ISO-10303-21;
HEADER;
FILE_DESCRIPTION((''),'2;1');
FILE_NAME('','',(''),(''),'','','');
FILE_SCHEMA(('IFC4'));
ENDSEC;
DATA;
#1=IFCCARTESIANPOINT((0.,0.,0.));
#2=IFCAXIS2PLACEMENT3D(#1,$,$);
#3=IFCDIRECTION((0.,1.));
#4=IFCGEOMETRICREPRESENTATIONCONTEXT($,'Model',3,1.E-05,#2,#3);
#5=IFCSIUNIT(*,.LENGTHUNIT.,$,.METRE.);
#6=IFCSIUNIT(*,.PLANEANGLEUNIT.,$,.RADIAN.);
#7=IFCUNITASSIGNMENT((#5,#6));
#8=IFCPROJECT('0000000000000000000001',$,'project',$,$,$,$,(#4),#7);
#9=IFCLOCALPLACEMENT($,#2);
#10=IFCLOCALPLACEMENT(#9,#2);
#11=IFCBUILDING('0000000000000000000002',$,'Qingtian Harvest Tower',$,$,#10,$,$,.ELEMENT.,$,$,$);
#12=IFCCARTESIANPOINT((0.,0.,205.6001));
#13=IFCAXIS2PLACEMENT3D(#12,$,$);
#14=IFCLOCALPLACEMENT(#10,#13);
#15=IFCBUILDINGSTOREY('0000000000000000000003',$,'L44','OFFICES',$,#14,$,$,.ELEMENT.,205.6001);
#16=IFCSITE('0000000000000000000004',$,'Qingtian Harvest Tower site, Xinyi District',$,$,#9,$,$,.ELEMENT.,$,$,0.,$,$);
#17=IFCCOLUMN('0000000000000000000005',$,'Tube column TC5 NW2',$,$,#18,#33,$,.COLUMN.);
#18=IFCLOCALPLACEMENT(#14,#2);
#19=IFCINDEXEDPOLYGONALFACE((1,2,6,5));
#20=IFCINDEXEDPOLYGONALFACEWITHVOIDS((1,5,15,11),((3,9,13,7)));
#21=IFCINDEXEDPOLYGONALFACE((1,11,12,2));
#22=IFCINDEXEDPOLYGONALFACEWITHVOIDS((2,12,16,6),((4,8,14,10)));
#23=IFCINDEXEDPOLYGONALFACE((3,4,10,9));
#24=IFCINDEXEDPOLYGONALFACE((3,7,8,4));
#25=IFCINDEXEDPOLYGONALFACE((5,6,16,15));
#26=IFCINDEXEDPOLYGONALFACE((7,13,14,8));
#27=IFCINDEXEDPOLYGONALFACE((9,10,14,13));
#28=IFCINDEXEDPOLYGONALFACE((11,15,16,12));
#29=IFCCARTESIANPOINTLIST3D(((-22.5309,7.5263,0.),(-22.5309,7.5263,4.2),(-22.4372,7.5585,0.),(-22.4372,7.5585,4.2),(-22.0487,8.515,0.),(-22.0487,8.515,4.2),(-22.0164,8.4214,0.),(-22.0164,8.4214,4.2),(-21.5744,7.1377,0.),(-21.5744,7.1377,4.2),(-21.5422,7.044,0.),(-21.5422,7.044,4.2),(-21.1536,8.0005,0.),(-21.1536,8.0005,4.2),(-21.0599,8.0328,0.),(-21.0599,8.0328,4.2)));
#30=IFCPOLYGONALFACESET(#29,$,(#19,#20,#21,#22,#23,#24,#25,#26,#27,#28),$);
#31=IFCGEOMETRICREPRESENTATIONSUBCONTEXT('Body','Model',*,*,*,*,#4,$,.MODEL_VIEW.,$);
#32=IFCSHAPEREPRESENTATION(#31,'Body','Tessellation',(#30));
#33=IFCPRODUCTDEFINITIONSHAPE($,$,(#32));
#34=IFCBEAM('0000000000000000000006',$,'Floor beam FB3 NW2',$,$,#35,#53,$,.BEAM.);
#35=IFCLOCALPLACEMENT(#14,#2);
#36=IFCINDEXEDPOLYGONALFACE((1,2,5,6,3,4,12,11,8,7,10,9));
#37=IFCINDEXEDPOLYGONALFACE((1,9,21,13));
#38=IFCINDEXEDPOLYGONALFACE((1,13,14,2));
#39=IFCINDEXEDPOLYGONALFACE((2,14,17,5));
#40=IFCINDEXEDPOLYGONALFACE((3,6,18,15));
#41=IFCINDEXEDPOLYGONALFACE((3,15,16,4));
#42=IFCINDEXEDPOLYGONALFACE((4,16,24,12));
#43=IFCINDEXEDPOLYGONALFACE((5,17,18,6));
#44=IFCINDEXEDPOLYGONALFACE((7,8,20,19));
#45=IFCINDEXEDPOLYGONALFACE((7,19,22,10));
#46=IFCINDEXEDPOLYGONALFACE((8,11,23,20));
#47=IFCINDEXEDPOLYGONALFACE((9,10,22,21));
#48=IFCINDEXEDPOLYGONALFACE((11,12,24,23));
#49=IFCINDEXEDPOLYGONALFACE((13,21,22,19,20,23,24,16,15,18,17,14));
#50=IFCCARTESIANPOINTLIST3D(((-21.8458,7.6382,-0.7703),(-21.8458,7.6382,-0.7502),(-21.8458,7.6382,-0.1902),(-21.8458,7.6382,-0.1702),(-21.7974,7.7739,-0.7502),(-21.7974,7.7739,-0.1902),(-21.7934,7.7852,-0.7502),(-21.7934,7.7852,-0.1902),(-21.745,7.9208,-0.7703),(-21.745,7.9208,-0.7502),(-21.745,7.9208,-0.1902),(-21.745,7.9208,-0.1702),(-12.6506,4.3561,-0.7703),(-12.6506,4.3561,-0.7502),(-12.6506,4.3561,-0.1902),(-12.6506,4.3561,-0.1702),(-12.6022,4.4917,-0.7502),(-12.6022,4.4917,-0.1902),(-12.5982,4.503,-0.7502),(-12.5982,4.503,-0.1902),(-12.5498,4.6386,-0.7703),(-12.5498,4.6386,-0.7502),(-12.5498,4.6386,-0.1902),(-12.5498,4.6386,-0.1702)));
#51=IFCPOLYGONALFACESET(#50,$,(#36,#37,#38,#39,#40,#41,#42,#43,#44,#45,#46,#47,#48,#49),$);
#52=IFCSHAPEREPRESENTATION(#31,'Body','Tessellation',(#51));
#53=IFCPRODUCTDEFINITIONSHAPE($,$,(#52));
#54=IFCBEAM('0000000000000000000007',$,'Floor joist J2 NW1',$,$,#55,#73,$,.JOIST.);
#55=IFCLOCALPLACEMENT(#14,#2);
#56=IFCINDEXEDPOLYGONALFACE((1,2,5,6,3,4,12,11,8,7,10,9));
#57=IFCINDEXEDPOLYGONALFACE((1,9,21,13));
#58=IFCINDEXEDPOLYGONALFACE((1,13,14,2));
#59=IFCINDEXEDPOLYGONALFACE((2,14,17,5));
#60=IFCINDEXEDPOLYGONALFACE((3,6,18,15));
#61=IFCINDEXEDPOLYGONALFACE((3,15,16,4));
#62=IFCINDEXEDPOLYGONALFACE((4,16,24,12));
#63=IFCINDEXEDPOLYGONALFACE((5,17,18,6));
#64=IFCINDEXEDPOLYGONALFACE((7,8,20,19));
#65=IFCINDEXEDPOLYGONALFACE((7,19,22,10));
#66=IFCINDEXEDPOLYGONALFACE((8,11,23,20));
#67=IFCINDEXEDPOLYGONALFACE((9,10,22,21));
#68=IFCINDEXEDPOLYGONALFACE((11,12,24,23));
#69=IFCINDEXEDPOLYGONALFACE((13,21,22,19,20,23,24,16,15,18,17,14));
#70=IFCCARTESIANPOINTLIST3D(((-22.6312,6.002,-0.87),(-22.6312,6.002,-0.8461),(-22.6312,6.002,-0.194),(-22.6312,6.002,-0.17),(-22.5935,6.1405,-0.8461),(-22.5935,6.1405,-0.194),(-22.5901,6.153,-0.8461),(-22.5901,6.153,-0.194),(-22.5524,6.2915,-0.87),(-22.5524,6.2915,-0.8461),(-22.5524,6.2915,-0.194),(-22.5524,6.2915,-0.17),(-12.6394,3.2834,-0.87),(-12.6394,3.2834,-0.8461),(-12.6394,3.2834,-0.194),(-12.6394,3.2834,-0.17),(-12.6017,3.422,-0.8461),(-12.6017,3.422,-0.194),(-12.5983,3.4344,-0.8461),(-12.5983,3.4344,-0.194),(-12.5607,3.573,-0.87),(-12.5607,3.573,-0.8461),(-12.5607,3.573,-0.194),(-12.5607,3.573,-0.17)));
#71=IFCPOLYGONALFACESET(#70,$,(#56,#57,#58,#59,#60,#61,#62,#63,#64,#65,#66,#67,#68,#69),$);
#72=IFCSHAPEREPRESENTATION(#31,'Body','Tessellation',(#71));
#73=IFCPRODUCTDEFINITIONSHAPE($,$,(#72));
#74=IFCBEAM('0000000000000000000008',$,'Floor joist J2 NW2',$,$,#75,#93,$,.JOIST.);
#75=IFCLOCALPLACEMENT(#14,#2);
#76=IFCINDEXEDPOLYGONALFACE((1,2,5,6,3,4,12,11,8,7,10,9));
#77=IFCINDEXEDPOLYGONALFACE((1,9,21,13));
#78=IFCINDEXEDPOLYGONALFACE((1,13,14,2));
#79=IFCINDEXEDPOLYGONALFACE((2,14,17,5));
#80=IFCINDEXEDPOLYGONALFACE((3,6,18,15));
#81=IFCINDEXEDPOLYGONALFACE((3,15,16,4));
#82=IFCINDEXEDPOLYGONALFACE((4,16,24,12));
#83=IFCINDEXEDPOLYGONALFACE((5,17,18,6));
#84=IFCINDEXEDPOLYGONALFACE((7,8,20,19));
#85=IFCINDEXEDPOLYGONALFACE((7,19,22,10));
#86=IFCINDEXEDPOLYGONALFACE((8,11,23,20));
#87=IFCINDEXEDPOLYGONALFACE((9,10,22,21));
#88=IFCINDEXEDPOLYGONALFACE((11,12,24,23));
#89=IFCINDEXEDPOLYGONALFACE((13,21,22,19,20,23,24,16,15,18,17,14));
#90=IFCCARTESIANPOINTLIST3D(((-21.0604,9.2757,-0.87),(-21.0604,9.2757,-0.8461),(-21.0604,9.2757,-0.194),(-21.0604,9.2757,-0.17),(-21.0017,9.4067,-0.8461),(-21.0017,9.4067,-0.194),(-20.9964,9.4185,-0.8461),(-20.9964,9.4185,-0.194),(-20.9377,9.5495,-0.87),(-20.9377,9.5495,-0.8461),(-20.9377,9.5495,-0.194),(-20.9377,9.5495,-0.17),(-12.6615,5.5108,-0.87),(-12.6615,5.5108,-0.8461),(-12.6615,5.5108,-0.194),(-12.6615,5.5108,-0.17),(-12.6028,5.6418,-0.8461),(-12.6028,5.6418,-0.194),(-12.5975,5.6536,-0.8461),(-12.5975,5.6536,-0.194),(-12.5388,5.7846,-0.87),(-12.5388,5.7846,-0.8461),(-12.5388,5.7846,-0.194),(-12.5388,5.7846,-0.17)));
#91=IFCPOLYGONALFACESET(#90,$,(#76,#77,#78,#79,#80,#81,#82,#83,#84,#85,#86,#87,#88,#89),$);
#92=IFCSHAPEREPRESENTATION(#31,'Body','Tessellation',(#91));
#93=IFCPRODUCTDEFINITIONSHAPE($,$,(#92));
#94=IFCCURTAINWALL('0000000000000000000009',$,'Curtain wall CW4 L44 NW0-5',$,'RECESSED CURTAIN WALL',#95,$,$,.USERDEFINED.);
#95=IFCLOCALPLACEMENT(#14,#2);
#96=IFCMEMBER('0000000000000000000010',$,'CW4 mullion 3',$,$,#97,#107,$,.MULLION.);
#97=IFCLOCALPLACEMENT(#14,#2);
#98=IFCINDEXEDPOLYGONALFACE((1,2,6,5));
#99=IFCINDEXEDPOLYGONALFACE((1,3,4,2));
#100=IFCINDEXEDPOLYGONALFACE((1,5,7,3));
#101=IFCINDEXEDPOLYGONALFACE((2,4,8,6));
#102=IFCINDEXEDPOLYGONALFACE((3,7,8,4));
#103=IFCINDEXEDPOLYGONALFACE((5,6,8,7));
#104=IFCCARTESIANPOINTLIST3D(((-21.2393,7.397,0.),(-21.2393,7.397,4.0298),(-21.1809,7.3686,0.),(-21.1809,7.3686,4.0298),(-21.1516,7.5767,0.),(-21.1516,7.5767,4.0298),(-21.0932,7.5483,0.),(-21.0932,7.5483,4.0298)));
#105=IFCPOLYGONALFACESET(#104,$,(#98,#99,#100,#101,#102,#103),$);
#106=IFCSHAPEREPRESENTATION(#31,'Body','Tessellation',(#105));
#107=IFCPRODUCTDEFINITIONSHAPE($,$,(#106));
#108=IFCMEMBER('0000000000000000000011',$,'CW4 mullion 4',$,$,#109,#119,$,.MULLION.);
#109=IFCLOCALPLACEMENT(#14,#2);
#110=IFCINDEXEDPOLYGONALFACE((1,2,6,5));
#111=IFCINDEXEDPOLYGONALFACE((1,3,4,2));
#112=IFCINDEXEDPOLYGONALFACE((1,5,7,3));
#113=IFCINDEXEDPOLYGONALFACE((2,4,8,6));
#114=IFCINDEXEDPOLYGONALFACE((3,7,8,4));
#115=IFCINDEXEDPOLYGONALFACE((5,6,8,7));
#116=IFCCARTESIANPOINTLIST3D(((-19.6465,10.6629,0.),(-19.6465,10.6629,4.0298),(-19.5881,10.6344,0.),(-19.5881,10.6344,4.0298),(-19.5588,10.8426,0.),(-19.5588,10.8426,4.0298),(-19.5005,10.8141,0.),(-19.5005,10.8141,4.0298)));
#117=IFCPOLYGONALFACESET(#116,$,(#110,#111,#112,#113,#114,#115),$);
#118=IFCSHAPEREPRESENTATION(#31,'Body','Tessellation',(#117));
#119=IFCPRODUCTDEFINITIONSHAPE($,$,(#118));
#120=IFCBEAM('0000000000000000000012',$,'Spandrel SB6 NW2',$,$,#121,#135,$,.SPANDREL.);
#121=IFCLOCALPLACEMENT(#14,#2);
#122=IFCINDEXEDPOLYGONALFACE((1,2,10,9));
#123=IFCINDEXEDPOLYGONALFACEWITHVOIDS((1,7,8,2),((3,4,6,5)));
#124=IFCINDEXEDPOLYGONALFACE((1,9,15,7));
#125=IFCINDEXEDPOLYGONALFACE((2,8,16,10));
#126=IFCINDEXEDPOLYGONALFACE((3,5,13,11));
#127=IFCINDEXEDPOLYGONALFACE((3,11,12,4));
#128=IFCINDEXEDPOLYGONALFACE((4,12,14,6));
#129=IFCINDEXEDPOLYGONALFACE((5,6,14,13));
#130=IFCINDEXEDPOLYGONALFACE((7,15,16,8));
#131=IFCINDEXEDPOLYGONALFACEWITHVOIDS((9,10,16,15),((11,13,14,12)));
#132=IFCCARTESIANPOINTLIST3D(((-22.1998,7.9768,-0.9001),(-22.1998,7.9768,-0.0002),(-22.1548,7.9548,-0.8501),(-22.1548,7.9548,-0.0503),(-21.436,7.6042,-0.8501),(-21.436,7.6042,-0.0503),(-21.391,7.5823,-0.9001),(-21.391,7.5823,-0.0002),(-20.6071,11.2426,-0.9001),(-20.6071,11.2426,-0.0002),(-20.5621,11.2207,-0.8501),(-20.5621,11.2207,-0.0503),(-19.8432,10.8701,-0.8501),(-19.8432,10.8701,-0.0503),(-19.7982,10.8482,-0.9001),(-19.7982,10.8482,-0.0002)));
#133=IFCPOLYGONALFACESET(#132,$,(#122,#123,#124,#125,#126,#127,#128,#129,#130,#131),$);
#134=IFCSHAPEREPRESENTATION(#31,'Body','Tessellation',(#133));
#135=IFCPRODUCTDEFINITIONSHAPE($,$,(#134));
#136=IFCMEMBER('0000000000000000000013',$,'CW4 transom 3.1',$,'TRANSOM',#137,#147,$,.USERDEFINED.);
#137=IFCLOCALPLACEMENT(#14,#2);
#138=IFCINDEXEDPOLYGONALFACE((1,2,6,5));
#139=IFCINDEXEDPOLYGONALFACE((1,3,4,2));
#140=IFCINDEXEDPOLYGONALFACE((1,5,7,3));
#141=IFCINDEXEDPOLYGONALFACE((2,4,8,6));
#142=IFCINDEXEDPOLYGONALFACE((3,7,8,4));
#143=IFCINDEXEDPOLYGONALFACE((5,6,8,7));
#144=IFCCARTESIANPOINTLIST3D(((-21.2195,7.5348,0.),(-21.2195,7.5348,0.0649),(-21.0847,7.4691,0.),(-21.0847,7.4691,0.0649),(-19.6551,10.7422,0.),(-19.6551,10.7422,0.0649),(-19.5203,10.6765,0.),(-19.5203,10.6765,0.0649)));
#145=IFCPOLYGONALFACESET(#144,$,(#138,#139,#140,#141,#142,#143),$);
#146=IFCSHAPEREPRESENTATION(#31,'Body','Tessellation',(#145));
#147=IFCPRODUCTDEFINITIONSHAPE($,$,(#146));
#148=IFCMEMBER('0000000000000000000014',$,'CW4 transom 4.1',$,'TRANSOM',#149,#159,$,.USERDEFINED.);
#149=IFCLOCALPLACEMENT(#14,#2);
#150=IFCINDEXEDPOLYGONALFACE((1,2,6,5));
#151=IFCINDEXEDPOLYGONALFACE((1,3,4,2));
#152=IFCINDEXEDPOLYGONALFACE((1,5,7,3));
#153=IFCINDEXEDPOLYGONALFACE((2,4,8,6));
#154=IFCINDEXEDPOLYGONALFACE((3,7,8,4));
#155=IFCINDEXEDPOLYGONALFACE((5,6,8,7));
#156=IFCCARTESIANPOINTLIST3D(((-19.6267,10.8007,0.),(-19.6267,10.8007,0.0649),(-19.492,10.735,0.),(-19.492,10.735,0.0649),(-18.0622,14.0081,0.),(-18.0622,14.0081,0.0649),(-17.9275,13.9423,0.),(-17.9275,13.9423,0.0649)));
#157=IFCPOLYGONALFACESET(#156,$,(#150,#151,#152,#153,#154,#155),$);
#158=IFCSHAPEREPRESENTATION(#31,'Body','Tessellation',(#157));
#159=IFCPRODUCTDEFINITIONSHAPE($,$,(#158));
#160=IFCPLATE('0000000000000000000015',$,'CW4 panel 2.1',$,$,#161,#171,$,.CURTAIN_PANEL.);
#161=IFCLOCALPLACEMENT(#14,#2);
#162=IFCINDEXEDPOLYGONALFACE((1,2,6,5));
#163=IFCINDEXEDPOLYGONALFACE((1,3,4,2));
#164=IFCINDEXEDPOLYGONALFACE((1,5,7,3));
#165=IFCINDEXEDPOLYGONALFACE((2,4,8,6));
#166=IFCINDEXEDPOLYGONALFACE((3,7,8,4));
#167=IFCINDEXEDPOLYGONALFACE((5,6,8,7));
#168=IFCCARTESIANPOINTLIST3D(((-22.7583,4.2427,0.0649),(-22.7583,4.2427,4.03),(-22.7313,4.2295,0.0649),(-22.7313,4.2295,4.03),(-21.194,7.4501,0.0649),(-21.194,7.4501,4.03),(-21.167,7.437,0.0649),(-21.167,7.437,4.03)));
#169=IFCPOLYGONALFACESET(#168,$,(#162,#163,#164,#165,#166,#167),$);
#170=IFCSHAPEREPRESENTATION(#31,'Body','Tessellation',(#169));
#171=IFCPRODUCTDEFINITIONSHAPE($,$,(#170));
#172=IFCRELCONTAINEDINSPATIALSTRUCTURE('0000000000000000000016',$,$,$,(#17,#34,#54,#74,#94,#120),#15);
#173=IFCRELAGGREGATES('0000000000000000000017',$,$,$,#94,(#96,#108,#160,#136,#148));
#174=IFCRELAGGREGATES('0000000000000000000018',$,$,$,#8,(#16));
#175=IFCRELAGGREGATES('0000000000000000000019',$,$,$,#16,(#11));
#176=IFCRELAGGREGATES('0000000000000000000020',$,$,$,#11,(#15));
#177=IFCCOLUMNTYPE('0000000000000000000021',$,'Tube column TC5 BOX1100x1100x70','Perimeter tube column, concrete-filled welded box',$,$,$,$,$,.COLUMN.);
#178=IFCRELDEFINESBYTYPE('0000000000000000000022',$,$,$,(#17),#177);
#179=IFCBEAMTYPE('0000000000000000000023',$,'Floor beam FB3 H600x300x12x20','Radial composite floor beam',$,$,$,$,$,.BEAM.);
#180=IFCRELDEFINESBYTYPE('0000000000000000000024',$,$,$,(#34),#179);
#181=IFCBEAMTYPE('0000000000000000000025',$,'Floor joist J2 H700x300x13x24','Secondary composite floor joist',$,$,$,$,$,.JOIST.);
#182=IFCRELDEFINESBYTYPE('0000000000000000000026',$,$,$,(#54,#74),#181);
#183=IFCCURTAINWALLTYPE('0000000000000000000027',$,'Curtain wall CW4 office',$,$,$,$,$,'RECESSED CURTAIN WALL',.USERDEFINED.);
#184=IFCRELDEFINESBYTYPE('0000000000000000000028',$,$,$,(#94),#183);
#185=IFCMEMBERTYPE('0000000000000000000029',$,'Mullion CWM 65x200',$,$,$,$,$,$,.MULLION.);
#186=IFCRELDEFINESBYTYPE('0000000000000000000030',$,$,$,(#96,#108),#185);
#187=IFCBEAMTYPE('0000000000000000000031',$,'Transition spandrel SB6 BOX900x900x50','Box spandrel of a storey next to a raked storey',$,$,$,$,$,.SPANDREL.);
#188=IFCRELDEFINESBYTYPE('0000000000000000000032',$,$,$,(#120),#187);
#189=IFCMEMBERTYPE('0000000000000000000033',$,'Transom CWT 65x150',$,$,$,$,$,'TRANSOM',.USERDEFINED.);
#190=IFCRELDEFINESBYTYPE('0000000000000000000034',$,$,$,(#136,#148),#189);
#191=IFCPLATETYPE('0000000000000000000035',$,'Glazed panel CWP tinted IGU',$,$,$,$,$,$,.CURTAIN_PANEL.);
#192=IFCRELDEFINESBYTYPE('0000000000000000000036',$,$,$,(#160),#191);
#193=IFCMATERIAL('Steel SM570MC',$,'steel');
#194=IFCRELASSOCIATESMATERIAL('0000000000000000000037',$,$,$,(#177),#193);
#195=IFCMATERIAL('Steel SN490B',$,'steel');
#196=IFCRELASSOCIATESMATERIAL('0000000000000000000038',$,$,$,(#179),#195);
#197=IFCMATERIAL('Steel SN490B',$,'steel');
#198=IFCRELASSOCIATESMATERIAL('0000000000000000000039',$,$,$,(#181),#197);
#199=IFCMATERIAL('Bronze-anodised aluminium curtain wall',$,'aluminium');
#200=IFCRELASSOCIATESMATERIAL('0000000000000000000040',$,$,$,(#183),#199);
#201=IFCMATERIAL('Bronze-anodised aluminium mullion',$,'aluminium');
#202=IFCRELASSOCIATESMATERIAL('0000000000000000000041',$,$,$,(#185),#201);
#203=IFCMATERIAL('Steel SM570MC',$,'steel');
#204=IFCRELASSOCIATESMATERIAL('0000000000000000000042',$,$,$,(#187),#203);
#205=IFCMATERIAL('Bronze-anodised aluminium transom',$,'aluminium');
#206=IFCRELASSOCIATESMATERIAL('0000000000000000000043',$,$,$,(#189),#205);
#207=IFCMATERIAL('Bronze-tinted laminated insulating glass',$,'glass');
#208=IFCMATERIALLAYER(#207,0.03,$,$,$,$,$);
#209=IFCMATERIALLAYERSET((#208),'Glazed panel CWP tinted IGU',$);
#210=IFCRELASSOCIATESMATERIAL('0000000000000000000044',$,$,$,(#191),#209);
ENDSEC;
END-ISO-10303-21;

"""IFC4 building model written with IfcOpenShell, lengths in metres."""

from ifc_helpers import new_model, si_unit, direction, frame, origin, origin_2d, place, context, subcontext, project, spatial, rectangle, hollow_rectangle, i_section, extrude, material, layer, layer_set, material_profile, profile_set, type_object, element, aggregate, save


model = new_model("IFC4")

# Units and contexts
model_context = context("Model", 3, precision=1e-05, world=origin(), true_north=direction((0.0, 1.0)))
body_context = subcontext(model_context, "Body", "Model", "MODEL_VIEW")
ifc_project = project(units=[si_unit("LENGTHUNIT", "METRE"), si_unit("PLANEANGLEUNIT", "RADIAN")], contexts=[model_context])

# Site, building, storey
site_placement = place(None, origin())
site = spatial("IfcSite", under=ifc_project, at=site_placement, Name="Qingtian Harvest Tower site, Xinyi District", CompositionType="ELEMENT", RefElevation=0.0)
building_placement = place(site_placement, origin())
building = spatial("IfcBuilding", under=site, at=building_placement, Name="Qingtian Harvest Tower", CompositionType="ELEMENT")
storey_placement = place(building_placement, frame((0.0, 0.0, 205.6001)))
storey = spatial("IfcBuildingStorey", under=building, at=storey_placement, Name="L44", Description="OFFICES", CompositionType="ELEMENT", Elevation=205.6001)

# Column
ifc_material_1 = material(Name="Steel SM570MC", Category="steel")
ifc_material_profile_1 = material_profile(ifc_material_1, hollow_rectangle(XDim=1.1001, YDim=1.1001, WallThickness=0.0701, at=origin_2d()), Name="BOX1100x1100x70")
ifc_profile_set_1 = profile_set([ifc_material_profile_1], Name="Steel SM570MC")
column_type = type_object("IfcColumnType", Name="Tube column TC5 BOX1100x1100x70", Description="Perimeter tube column, concrete-filled welded box", PredefinedType="COLUMN", material=ifc_profile_set_1)
column_placement = place(storey_placement, frame((-21.7954, 7.7795, 0.0), z_axis=(0.0, 0.0, 1.0), x_axis=(-0.438371, -0.898794, 0.0)))
element("IfcColumn", 1, at=column_placement, inside=storey, type_object=column_type, Name="Tube column TC5 NW2", PredefinedType="COLUMN", context=body_context, shape_type="SweptSolid", body=[
    extrude(hollow_rectangle(XDim=1.1001, YDim=1.1001, WallThickness=0.0701, at=origin_2d()), origin(), (0.0, 0.0, 1.0), 4.2),
])

# Beams
ifc_material_2 = material(Name="Steel SN490B", Category="steel")
ifc_material_profile_2 = material_profile(ifc_material_2, i_section(OverallWidth=0.3, OverallDepth=0.6001, WebThickness=0.012, FlangeThickness=0.02, at=origin_2d()), Name="H600x300x12x20")
ifc_profile_set_2 = profile_set([ifc_material_profile_2], Name="Steel SN490B")
beam_type_1 = type_object("IfcBeamType", Name="Floor beam FB3 H600x300x12x20", Description="Radial composite floor beam", PredefinedType="BEAM", material=ifc_profile_set_2)
beam_1_placement = place(storey_placement, frame((-21.7954, 7.7795, -0.4702), z_axis=(0.941801, -0.336172, 0.0), x_axis=(0.336172, 0.941801, 0.0)))
element("IfcBeam", 2, at=beam_1_placement, inside=storey, type_object=beam_type_1, Name="Floor beam FB3 NW2", PredefinedType="BEAM", context=body_context, shape_type="SweptSolid", body=[
    extrude(i_section(OverallWidth=0.3, OverallDepth=0.6001, WebThickness=0.012, FlangeThickness=0.02, at=origin_2d()), origin(), (0.0, 0.0, 1.0), 9.7634),
])
ifc_material_3 = material(Name="Steel SN490B", Category="steel")
ifc_material_profile_3 = material_profile(ifc_material_3, i_section(OverallWidth=0.3, OverallDepth=0.7, WebThickness=0.0129, FlangeThickness=0.0239, at=origin_2d()), Name="H700x300x13x24")
ifc_profile_set_3 = profile_set([ifc_material_profile_3], Name="Steel SN490B")
beam_type_2 = type_object("IfcBeamType", Name="Floor joist J2 H700x300x13x24", Description="Secondary composite floor joist", PredefinedType="JOIST", material=ifc_profile_set_3)
beam_2_placement = place(storey_placement, frame((-22.5918, 6.1467, -0.52), z_axis=(0.964923, -0.262533, 0.0), x_axis=(0.262533, 0.964923, 0.0)))
element("IfcBeam", 3, at=beam_2_placement, inside=storey, type_object=beam_type_2, Name="Floor joist J2 NW1", PredefinedType="JOIST", context=body_context, shape_type="SweptSolid", body=[
    extrude(i_section(OverallWidth=0.3, OverallDepth=0.7, WebThickness=0.0129, FlangeThickness=0.0239, at=origin_2d()), origin(), (0.0, 0.0, 1.0), 10.355),
])
beam_3_placement = place(storey_placement, frame((-20.999, 9.4126, -0.52), z_axis=(0.912515, -0.409043, 0.0), x_axis=(0.409043, 0.912515, 0.0)))
element("IfcBeam", 4, at=beam_3_placement, inside=storey, type_object=beam_type_2, Name="Floor joist J2 NW2", PredefinedType="JOIST", context=body_context, shape_type="SweptSolid", body=[
    extrude(i_section(OverallWidth=0.3, OverallDepth=0.7, WebThickness=0.0129, FlangeThickness=0.0239, at=origin_2d()), origin(), (0.0, 0.0, 1.0), 9.2041),
])

# Curtain wall, members
ifc_material_4 = material(Name="Bronze-anodised aluminium curtain wall", Category="aluminium")
curtain_wall_type = type_object("IfcCurtainWallType", Name="Curtain wall CW4 office", ElementType="RECESSED CURTAIN WALL", PredefinedType="USERDEFINED", material=ifc_material_4)
curtain_wall_placement = place(storey_placement, origin())
curtain_wall = element("IfcCurtainWall", 5, at=curtain_wall_placement, inside=storey, type_object=curtain_wall_type, Name="Curtain wall CW4 L44 NW0-5", ObjectType="RECESSED CURTAIN WALL", PredefinedType="USERDEFINED")
ifc_material_5 = material(Name="Bronze-anodised aluminium mullion", Category="aluminium")
ifc_material_profile_4 = material_profile(ifc_material_5, rectangle(XDim=0.0649, YDim=0.2, at=origin_2d()), Name="AL 65x200")
ifc_profile_set_4 = profile_set([ifc_material_profile_4], Name="Bronze-anodised aluminium mullion")
member_type_1 = type_object("IfcMemberType", Name="Mullion CWM 65x200", PredefinedType="MULLION", material=ifc_profile_set_4)
member_1_placement = place(storey_placement, frame((-21.1663, 7.4727, 0.0), z_axis=(0.0, 0.0, 1.0), x_axis=(-0.898794, 0.438371, 0.0)))
member_1 = element("IfcMember", 6, at=member_1_placement, type_object=member_type_1, Name="CW4 mullion 3", PredefinedType="MULLION", context=body_context, shape_type="SweptSolid", body=[
    extrude(rectangle(XDim=0.0649, YDim=0.2, at=origin_2d()), origin(), (0.0, 0.0, 1.0), 4.0298),
])
member_2_placement = place(storey_placement, frame((-19.5735, 10.7385, 0.0), z_axis=(0.0, 0.0, 1.0), x_axis=(-0.898794, 0.438371, 0.0)))
member_2 = element("IfcMember", 7, at=member_2_placement, type_object=member_type_1, Name="CW4 mullion 4", PredefinedType="MULLION", context=body_context, shape_type="SweptSolid", body=[
    extrude(rectangle(XDim=0.0649, YDim=0.2, at=origin_2d()), origin(), (0.0, 0.0, 1.0), 4.0298),
])

# Beam
ifc_material_6 = material(Name="Steel SM570MC", Category="steel")
ifc_material_profile_5 = material_profile(ifc_material_6, hollow_rectangle(XDim=0.8999, YDim=0.8999, WallThickness=0.05, at=origin_2d()), Name="BOX900x900x50")
ifc_profile_set_5 = profile_set([ifc_material_profile_5], Name="Steel SM570MC")
beam_type_3 = type_object("IfcBeamType", Name="Transition spandrel SB6 BOX900x900x50", Description="Box spandrel of a storey next to a raked storey", PredefinedType="SPANDREL", material=ifc_profile_set_5)
beam_4_placement = place(storey_placement, frame((-21.7954, 7.7795, -0.4502), z_axis=(0.438349, 0.898805, 0.0), x_axis=(-0.898805, 0.438349, 0.0)))
element("IfcBeam", 8, at=beam_4_placement, inside=storey, type_object=beam_type_3, Name="Spandrel SB6 NW2", PredefinedType="SPANDREL", context=body_context, shape_type="SweptSolid", body=[
    extrude(hollow_rectangle(XDim=0.8999, YDim=0.8999, WallThickness=0.05, at=origin_2d()), origin(), (0.0, 0.0, 1.0), 3.6335),
])

# Members
ifc_material_7 = material(Name="Bronze-anodised aluminium transom", Category="aluminium")
ifc_material_profile_6 = material_profile(ifc_material_7, rectangle(XDim=0.1499, YDim=0.0649, at=origin_2d()), Name="AL 65x150")
ifc_profile_set_6 = profile_set([ifc_material_profile_6], Name="Bronze-anodised aluminium transom")
member_type_2 = type_object("IfcMemberType", Name="Transom CWT 65x150", ElementType="TRANSOM", PredefinedType="USERDEFINED", material=ifc_profile_set_6)
member_3_placement = place(storey_placement, frame((-21.1521, 7.502, 0.0325), z_axis=(0.438381, 0.898789, 0.0), x_axis=(-0.898789, 0.438381, 0.0)))
member_3 = element("IfcMember", 9, at=member_3_placement, type_object=member_type_2, Name="CW4 transom 3.1", ObjectType="TRANSOM", PredefinedType="USERDEFINED", context=body_context, shape_type="SweptSolid", body=[
    extrude(rectangle(XDim=0.1499, YDim=0.0649, at=origin_2d()), origin(), (0.0, 0.0, 1.0), 3.5686),
])
member_4_placement = place(storey_placement, frame((-19.5593, 10.7678, 0.0325), z_axis=(0.438407, 0.898776, 0.0), x_axis=(-0.898776, 0.438407, 0.0)))
member_4 = element("IfcMember", 10, at=member_4_placement, type_object=member_type_2, Name="CW4 transom 4.1", ObjectType="TRANSOM", PredefinedType="USERDEFINED", context=body_context, shape_type="SweptSolid", body=[
    extrude(rectangle(XDim=0.1499, YDim=0.0649, at=origin_2d()), origin(), (0.0, 0.0, 1.0), 3.5686),
])

# Plate
ifc_material_8 = material(Name="Bronze-tinted laminated insulating glass", Category="glass")
ifc_layer_1 = layer(ifc_material_8, 0.03)
ifc_layer_set_1 = layer_set([ifc_layer_1], Name="Glazed panel CWP tinted IGU")
plate_type = type_object("IfcPlateType", Name="Glazed panel CWP tinted IGU", PredefinedType="CURTAIN_PANEL", material=ifc_layer_set_1)
plate_1_placement = place(storey_placement, frame((-21.9626, 5.8398, 0.0649), z_axis=(0.0, 0.0, 1.0), x_axis=(0.438371, 0.898794, 0.0)))
plate_1 = element("IfcPlate", 11, at=plate_1_placement, type_object=plate_type, Name="CW4 panel 2.1", PredefinedType="CURTAIN_PANEL", context=body_context, shape_type="SweptSolid", body=[
    extrude(rectangle(XDim=3.5686, YDim=0.03, at=origin_2d()), origin(), (0.0, 0.0, 1.0), 3.9651),
])
aggregate(curtain_wall, [member_1, member_2, plate_1, member_3, member_4])

save(model, "model.ifc")
